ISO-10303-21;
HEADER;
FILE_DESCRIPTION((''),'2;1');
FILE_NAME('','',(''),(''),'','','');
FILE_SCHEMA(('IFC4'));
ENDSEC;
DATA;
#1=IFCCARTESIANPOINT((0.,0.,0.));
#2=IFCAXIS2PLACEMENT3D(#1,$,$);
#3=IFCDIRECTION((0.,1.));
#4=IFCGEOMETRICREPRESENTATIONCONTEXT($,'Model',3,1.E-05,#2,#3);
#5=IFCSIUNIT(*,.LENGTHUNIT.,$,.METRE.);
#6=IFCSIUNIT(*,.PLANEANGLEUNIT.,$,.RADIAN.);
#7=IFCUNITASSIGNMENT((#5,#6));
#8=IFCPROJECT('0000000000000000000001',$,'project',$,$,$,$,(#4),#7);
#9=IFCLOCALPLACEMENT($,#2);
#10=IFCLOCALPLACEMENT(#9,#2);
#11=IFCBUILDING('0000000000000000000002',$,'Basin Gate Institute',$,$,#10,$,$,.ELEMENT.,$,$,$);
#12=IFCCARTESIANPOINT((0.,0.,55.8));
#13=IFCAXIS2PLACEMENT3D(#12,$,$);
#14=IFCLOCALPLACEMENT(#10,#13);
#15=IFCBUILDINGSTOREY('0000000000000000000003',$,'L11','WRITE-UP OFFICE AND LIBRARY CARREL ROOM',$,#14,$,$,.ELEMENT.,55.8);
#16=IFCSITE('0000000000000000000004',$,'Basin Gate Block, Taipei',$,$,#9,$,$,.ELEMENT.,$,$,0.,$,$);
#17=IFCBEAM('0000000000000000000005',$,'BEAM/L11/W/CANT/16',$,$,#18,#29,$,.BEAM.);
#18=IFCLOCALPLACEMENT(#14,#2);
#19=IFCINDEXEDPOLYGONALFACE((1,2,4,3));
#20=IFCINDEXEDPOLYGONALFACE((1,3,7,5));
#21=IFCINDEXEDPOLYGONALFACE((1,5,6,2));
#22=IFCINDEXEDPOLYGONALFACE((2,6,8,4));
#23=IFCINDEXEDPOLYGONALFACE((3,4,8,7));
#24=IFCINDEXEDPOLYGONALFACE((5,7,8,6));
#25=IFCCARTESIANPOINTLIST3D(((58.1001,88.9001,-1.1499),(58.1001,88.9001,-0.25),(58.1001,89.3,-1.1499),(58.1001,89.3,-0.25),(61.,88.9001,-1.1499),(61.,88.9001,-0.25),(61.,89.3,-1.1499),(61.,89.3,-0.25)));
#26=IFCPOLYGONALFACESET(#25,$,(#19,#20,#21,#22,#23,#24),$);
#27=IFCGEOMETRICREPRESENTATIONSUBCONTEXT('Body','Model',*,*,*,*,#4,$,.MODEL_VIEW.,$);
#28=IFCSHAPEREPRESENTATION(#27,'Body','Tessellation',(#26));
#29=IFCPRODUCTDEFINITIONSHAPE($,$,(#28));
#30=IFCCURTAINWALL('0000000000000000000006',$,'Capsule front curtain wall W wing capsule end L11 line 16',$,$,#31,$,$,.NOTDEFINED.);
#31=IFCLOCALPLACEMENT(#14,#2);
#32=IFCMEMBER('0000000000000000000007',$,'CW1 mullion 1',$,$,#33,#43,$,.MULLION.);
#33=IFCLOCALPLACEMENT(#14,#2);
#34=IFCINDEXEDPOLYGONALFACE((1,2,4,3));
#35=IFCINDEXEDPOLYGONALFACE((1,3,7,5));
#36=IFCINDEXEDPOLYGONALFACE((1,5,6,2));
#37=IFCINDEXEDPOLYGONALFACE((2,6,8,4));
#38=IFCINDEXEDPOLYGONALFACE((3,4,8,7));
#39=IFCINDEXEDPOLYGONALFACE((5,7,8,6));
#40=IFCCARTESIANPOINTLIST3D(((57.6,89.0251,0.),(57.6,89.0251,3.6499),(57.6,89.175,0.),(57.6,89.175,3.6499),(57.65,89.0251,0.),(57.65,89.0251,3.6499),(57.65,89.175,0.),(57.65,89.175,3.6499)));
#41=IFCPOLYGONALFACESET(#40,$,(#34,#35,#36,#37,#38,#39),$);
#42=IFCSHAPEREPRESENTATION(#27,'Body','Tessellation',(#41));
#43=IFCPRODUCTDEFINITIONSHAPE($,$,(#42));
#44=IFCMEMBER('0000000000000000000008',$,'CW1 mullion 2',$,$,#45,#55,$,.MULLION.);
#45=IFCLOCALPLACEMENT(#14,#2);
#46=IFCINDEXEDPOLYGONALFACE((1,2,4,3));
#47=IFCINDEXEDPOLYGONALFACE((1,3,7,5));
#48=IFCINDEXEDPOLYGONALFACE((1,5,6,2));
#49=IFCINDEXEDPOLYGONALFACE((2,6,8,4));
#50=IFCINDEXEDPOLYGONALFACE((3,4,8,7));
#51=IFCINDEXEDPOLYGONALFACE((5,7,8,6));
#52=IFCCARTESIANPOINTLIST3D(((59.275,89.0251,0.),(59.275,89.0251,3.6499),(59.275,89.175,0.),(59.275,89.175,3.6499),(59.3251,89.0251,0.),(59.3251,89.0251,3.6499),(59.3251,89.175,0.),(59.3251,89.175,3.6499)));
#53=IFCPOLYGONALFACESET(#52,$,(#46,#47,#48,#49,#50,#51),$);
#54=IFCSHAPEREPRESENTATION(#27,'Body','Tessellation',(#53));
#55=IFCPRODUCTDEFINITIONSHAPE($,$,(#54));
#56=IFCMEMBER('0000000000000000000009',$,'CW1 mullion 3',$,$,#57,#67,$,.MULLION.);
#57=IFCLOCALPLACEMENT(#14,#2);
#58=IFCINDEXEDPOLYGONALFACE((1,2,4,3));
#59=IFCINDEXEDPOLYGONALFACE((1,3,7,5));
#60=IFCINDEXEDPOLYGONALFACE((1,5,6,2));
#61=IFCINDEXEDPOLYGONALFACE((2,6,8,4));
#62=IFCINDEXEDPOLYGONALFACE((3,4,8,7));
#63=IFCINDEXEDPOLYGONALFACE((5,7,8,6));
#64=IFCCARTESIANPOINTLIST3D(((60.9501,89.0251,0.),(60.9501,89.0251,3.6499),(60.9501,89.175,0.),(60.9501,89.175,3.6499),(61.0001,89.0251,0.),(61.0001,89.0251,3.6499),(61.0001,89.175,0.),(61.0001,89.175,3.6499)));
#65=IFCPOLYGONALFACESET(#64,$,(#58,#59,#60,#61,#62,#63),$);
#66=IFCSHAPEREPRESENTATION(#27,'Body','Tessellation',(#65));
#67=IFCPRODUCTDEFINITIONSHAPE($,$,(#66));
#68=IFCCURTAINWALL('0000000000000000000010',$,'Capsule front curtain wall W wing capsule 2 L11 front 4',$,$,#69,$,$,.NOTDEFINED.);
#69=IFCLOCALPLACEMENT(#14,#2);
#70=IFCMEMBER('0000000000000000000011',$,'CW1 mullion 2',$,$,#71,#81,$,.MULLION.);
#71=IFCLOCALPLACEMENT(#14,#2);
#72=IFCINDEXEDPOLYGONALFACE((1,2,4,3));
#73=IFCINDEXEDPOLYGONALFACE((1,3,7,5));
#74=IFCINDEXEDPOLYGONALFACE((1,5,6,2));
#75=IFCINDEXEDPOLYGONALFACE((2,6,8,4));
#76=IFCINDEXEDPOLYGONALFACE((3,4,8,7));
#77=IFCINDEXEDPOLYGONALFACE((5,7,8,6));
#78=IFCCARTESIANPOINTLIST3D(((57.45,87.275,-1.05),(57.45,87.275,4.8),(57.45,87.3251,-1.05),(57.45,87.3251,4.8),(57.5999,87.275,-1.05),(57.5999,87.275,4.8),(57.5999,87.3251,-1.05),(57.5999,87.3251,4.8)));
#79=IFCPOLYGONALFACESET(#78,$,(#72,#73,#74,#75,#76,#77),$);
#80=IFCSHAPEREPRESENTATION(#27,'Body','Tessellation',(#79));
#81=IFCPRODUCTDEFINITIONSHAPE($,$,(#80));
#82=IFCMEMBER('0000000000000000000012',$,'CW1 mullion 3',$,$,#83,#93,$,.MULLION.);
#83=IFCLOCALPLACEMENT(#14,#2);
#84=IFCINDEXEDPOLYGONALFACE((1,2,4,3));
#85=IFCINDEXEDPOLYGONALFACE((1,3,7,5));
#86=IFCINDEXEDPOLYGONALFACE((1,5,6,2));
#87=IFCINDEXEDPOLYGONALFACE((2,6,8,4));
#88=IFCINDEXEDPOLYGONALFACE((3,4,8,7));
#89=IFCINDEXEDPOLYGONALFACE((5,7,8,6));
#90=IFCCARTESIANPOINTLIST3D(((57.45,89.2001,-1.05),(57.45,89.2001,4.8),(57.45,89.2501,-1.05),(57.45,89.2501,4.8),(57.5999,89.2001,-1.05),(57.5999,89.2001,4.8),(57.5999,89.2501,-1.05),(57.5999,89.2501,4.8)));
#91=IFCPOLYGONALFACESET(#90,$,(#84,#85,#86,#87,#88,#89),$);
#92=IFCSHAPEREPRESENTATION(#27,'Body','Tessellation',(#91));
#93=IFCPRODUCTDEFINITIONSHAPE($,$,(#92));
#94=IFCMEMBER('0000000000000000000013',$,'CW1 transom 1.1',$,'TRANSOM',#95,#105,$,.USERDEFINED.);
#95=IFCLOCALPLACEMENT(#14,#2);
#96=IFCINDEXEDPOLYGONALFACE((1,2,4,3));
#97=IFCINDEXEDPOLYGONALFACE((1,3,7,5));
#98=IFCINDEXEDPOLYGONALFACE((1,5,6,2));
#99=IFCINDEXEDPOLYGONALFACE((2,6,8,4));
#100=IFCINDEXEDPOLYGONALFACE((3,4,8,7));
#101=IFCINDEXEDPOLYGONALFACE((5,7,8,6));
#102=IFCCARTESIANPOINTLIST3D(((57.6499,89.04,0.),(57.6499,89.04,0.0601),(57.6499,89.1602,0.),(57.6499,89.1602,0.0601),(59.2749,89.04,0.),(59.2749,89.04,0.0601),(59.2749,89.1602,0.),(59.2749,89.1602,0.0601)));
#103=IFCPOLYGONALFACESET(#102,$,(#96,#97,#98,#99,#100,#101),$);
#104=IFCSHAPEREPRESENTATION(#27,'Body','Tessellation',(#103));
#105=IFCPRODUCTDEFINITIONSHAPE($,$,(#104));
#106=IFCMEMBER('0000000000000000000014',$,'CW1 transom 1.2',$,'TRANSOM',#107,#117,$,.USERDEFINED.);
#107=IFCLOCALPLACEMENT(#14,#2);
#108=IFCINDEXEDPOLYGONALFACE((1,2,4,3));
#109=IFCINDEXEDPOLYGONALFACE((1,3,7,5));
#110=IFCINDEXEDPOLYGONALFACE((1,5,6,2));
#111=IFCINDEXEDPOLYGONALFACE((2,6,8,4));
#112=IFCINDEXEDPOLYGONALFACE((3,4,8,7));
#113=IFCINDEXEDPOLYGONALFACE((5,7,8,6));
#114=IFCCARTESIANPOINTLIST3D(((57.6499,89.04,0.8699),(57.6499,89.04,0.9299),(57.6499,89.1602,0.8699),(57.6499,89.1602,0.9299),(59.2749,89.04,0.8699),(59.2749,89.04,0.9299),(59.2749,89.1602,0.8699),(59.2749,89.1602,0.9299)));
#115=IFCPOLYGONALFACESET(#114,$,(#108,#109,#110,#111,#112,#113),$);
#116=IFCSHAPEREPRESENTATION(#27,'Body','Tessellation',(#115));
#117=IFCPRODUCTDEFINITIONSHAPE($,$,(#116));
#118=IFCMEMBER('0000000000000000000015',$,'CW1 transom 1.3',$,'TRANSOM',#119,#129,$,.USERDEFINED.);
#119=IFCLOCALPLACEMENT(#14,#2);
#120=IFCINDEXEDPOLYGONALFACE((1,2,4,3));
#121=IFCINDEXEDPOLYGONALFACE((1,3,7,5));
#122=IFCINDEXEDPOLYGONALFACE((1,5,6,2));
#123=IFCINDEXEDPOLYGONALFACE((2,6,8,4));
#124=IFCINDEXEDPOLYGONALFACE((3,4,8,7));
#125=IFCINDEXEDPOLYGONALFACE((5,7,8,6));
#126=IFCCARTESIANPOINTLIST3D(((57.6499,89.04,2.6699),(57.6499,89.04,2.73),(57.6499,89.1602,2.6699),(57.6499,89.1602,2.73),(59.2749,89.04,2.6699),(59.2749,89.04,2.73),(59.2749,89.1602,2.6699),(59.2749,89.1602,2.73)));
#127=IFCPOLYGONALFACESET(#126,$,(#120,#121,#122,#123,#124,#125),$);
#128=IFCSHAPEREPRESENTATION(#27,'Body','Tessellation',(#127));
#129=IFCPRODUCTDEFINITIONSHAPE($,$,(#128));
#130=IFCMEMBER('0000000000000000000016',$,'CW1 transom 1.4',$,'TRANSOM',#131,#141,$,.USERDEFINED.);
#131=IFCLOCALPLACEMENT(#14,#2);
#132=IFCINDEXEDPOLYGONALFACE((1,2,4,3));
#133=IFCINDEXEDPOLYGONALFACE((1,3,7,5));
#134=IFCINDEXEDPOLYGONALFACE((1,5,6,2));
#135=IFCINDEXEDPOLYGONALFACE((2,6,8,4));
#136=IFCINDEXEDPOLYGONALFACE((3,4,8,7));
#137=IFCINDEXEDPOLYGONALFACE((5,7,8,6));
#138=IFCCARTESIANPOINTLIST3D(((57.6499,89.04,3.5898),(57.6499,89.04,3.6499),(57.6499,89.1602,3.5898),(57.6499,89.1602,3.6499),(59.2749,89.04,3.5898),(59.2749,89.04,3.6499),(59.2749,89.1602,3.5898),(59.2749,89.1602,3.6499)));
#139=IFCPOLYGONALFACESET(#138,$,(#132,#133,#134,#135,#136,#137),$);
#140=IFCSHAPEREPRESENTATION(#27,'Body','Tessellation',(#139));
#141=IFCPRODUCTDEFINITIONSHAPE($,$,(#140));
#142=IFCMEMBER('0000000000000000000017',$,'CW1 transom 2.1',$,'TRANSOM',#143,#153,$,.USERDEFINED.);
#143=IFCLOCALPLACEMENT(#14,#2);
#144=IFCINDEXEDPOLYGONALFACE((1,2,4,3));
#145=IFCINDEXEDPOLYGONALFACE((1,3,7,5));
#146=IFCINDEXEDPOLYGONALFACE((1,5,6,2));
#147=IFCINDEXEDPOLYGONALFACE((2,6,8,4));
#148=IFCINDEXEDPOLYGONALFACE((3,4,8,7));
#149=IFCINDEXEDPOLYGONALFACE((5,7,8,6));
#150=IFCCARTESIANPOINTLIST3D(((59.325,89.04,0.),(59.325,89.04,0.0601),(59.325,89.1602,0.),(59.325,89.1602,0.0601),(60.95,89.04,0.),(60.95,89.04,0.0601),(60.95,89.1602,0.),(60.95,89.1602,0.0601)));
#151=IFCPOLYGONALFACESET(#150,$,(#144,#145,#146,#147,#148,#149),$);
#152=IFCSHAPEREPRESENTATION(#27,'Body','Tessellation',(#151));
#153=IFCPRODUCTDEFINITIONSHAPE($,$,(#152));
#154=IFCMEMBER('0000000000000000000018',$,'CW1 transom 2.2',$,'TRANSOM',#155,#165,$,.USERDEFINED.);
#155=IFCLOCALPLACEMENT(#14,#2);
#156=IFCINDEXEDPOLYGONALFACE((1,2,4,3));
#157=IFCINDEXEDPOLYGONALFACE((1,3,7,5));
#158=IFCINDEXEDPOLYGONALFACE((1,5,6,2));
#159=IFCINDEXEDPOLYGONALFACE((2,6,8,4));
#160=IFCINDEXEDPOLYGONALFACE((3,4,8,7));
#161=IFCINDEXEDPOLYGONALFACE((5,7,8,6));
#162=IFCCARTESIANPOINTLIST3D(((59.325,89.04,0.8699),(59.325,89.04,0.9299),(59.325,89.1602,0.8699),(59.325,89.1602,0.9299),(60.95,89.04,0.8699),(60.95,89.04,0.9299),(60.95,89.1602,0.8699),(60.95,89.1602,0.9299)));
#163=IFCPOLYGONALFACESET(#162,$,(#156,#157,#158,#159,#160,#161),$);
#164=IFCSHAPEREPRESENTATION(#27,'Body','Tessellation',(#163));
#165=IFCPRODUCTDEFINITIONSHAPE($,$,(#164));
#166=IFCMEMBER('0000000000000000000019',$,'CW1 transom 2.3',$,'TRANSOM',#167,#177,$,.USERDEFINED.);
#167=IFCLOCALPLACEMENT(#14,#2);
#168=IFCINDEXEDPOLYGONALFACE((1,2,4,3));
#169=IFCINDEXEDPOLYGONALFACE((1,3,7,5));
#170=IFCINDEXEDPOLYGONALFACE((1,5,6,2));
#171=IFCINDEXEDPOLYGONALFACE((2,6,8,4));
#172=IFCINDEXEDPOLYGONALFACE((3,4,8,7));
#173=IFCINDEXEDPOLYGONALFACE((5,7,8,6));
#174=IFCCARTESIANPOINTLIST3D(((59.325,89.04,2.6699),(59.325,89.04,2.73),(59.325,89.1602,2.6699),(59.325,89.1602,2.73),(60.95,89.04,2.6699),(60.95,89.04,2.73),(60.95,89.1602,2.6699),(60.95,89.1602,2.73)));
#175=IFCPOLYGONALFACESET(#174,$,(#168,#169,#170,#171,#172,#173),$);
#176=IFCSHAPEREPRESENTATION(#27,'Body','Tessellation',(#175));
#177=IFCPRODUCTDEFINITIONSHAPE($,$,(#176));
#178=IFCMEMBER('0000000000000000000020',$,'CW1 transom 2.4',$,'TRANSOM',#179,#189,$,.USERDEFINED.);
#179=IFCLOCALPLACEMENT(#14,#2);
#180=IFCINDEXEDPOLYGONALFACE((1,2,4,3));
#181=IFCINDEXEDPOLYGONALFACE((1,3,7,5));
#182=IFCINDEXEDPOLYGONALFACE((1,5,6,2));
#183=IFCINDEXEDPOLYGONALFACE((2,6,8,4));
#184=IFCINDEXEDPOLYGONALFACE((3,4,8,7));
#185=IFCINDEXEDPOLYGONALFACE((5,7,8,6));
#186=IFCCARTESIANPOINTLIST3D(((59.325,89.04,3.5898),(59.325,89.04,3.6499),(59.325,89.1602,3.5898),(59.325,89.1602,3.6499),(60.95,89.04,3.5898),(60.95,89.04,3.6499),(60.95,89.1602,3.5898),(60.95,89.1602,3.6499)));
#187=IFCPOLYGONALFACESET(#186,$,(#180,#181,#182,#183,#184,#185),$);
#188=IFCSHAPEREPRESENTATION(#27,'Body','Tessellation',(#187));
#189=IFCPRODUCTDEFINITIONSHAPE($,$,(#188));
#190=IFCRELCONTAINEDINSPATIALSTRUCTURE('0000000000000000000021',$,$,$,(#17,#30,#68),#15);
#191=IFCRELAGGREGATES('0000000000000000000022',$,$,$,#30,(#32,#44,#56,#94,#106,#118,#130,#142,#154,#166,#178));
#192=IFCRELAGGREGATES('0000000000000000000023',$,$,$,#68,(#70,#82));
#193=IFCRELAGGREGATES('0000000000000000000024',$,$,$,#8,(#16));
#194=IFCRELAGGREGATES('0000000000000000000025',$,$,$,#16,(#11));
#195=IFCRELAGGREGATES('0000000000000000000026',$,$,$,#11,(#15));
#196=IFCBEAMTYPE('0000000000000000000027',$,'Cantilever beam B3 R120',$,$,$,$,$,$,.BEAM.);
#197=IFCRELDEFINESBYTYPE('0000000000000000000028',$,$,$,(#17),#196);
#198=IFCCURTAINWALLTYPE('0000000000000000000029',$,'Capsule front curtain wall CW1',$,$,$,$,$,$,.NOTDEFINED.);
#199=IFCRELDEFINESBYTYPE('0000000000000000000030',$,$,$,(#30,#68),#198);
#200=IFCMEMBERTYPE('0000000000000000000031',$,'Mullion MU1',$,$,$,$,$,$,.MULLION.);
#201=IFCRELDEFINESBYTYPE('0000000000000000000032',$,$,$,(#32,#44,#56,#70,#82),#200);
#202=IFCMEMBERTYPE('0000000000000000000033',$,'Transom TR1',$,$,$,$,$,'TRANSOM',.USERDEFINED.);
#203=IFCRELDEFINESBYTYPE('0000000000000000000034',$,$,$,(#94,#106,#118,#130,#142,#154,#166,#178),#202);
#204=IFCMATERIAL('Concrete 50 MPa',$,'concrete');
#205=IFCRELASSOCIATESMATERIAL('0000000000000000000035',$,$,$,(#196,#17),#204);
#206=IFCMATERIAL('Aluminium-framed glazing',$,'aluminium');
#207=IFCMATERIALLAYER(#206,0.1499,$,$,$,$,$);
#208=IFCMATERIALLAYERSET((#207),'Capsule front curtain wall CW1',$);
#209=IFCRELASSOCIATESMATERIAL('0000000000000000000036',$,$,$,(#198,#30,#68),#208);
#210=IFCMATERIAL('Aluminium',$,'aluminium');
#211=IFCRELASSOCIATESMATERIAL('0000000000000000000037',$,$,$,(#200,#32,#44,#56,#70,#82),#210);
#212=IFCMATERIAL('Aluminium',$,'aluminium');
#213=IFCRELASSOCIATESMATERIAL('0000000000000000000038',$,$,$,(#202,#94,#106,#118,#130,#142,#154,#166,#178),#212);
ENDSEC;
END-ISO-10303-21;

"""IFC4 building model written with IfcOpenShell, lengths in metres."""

from ifc_helpers import new_model, si_unit, direction, frame, origin, origin_2d, place, context, subcontext, project, spatial, rectangle, extrude, material, layer, layer_set, material_profile, profile_set, type_object, element, aggregate, save


model = new_model("IFC4")

# Units and contexts
model_context = context("Model", 3, precision=1e-05, world=origin(), true_north=direction((0.0, 1.0)))
body_context = subcontext(model_context, "Body", "Model", "MODEL_VIEW")
ifc_project = project(units=[si_unit("LENGTHUNIT", "METRE"), si_unit("PLANEANGLEUNIT", "RADIAN")], contexts=[model_context])

# Site, building, storey
site_placement = place(None, origin())
site = spatial("IfcSite", under=ifc_project, at=site_placement, Name="Basin Gate Block, Taipei", CompositionType="ELEMENT", RefElevation=0.0)
building_placement = place(site_placement, origin())
building = spatial("IfcBuilding", under=site, at=building_placement, Name="Basin Gate Institute", CompositionType="ELEMENT")
storey_placement = place(building_placement, frame((0.0, 0.0, 55.8)))
storey = spatial("IfcBuildingStorey", under=building, at=storey_placement, Name="L11", Description="WRITE-UP OFFICE AND LIBRARY CARREL ROOM", CompositionType="ELEMENT", Elevation=55.8)

# Beam
ifc_material_1 = material(Name="Concrete 50 MPa", Category="concrete")
ifc_material_profile_1 = material_profile(ifc_material_1, rectangle(XDim=0.3999, YDim=0.8999, at=origin_2d()), Name="Cantilever beam B3 400 x 900")
ifc_profile_set_1 = profile_set([ifc_material_profile_1], Name="Concrete 50 MPa")
beam_type = type_object("IfcBeamType", Name="Cantilever beam B3 R120", PredefinedType="BEAM", material=ifc_profile_set_1)
beam_placement = place(storey_placement, frame((58.1001, 89.1001, -0.7), z_axis=(1.0, 0.0, 0.0), x_axis=(0.0, 1.0, 0.0)))
element("IfcBeam", 1, at=beam_placement, inside=storey, type_object=beam_type, material=ifc_profile_set_1, Name="BEAM/L11/W/CANT/16", PredefinedType="BEAM", context=body_context, shape_type="SweptSolid", body=[
    extrude(rectangle(XDim=0.3999, YDim=0.8999, at=origin_2d()), origin(), (0.0, 0.0, 1.0), 2.8999),
])

# Curtain walls, members
ifc_material_2 = material(Name="Aluminium-framed glazing", Category="aluminium")
ifc_layer_1 = layer(ifc_material_2, 0.1499)
ifc_layer_set_1 = layer_set([ifc_layer_1], Name="Capsule front curtain wall CW1")
curtain_wall_type = type_object("IfcCurtainWallType", Name="Capsule front curtain wall CW1", PredefinedType="NOTDEFINED", material=ifc_layer_set_1)
curtain_wall_1_placement = place(storey_placement, origin())
curtain_wall_1 = element("IfcCurtainWall", 2, at=curtain_wall_1_placement, inside=storey, type_object=curtain_wall_type, material=ifc_layer_set_1, Name="Capsule front curtain wall W wing capsule end L11 line 16", PredefinedType="NOTDEFINED")
ifc_material_3 = material(Name="Aluminium", Category="aluminium")
ifc_material_profile_2 = material_profile(ifc_material_3, rectangle(XDim=0.1499, YDim=0.05, at=origin_2d()), Name="Mullion MU1 150 x 50")
ifc_profile_set_2 = profile_set([ifc_material_profile_2], Name="Aluminium")
member_type_1 = type_object("IfcMemberType", Name="Mullion MU1", PredefinedType="MULLION", material=ifc_profile_set_2)
member_1_placement = place(storey_placement, frame((57.625, 89.1001, 0.0), z_axis=(0.0, 0.0, 1.0), x_axis=(0.0, 1.0, 0.0)))
member_1 = element("IfcMember", 3, at=member_1_placement, type_object=member_type_1, material=ifc_profile_set_2, Name="CW1 mullion 1", PredefinedType="MULLION", context=body_context, shape_type="SweptSolid", body=[
    extrude(rectangle(XDim=0.1499, YDim=0.05, at=origin_2d()), origin(), (0.0, 0.0, 1.0), 3.6499),
])
member_2_placement = place(storey_placement, frame((59.3, 89.1001, 0.0), z_axis=(0.0, 0.0, 1.0), x_axis=(0.0, 1.0, 0.0)))
member_2 = element("IfcMember", 4, at=member_2_placement, type_object=member_type_1, material=ifc_profile_set_2, Name="CW1 mullion 2", PredefinedType="MULLION", context=body_context, shape_type="SweptSolid", body=[
    extrude(rectangle(XDim=0.1499, YDim=0.05, at=origin_2d()), origin(), (0.0, 0.0, 1.0), 3.6499),
])
member_3_placement = place(storey_placement, frame((60.9751, 89.1001, 0.0), z_axis=(0.0, 0.0, 1.0), x_axis=(0.0, 1.0, 0.0)))
member_3 = element("IfcMember", 5, at=member_3_placement, type_object=member_type_1, material=ifc_profile_set_2, Name="CW1 mullion 3", PredefinedType="MULLION", context=body_context, shape_type="SweptSolid", body=[
    extrude(rectangle(XDim=0.1499, YDim=0.05, at=origin_2d()), origin(), (0.0, 0.0, 1.0), 3.6499),
])
curtain_wall_2_placement = place(storey_placement, origin())
curtain_wall_2 = element("IfcCurtainWall", 6, at=curtain_wall_2_placement, inside=storey, type_object=curtain_wall_type, material=ifc_layer_set_1, Name="Capsule front curtain wall W wing capsule 2 L11 front 4", PredefinedType="NOTDEFINED")
member_4_placement = place(storey_placement, frame((57.5249, 87.3, -1.05), z_axis=(0.0, 0.0, 1.0), x_axis=(-1.0, 0.0, 0.0)))
member_4 = element("IfcMember", 7, at=member_4_placement, type_object=member_type_1, material=ifc_profile_set_2, Name="CW1 mullion 2", PredefinedType="MULLION", context=body_context, shape_type="SweptSolid", body=[
    extrude(rectangle(XDim=0.1499, YDim=0.05, at=origin_2d()), origin(), (0.0, 0.0, 1.0), 5.8501),
])
member_5_placement = place(storey_placement, frame((57.5249, 89.2251, -1.05), z_axis=(0.0, 0.0, 1.0), x_axis=(-1.0, 0.0, 0.0)))
member_5 = element("IfcMember", 8, at=member_5_placement, type_object=member_type_1, material=ifc_profile_set_2, Name="CW1 mullion 3", PredefinedType="MULLION", context=body_context, shape_type="SweptSolid", body=[
    extrude(rectangle(XDim=0.1499, YDim=0.05, at=origin_2d()), origin(), (0.0, 0.0, 1.0), 5.8501),
])

# Members
ifc_material_4 = material(Name="Aluminium", Category="aluminium")
ifc_material_profile_3 = material_profile(ifc_material_4, rectangle(XDim=0.1201, YDim=0.0601, at=origin_2d()), Name="Transom TR1 120 x 60")
ifc_profile_set_3 = profile_set([ifc_material_profile_3], Name="Aluminium")
member_type_2 = type_object("IfcMemberType", Name="Transom TR1", ElementType="TRANSOM", PredefinedType="USERDEFINED", material=ifc_profile_set_3)
member_6_placement = place(storey_placement, frame((57.6499, 89.1001, 0.03), z_axis=(1.0, 0.0, 0.0), x_axis=(0.0, 1.0, 0.0)))
member_6 = element("IfcMember", 9, at=member_6_placement, type_object=member_type_2, material=ifc_profile_set_3, Name="CW1 transom 1.1", ObjectType="TRANSOM", PredefinedType="USERDEFINED", context=body_context, shape_type="SweptSolid", body=[
    extrude(rectangle(XDim=0.1201, YDim=0.0601, at=origin_2d()), origin(), (0.0, 0.0, 1.0), 1.625),
])
member_7_placement = place(storey_placement, frame((57.6499, 89.1001, 0.8999), z_axis=(1.0, 0.0, 0.0), x_axis=(0.0, 1.0, 0.0)))
member_7 = element("IfcMember", 10, at=member_7_placement, type_object=member_type_2, material=ifc_profile_set_3, Name="CW1 transom 1.2", ObjectType="TRANSOM", PredefinedType="USERDEFINED", context=body_context, shape_type="SweptSolid", body=[
    extrude(rectangle(XDim=0.1201, YDim=0.0601, at=origin_2d()), origin(), (0.0, 0.0, 1.0), 1.625),
])
member_8_placement = place(storey_placement, frame((57.6499, 89.1001, 2.7), z_axis=(1.0, 0.0, 0.0), x_axis=(0.0, 1.0, 0.0)))
member_8 = element("IfcMember", 11, at=member_8_placement, type_object=member_type_2, material=ifc_profile_set_3, Name="CW1 transom 1.3", ObjectType="TRANSOM", PredefinedType="USERDEFINED", context=body_context, shape_type="SweptSolid", body=[
    extrude(rectangle(XDim=0.1201, YDim=0.0601, at=origin_2d()), origin(), (0.0, 0.0, 1.0), 1.625),
])
member_9_placement = place(storey_placement, frame((57.6499, 89.1001, 3.6199), z_axis=(1.0, 0.0, 0.0), x_axis=(0.0, 1.0, 0.0)))
member_9 = element("IfcMember", 12, at=member_9_placement, type_object=member_type_2, material=ifc_profile_set_3, Name="CW1 transom 1.4", ObjectType="TRANSOM", PredefinedType="USERDEFINED", context=body_context, shape_type="SweptSolid", body=[
    extrude(rectangle(XDim=0.1201, YDim=0.0601, at=origin_2d()), origin(), (0.0, 0.0, 1.0), 1.625),
])
member_10_placement = place(storey_placement, frame((59.325, 89.1001, 0.03), z_axis=(1.0, 0.0, 0.0), x_axis=(0.0, 1.0, 0.0)))
member_10 = element("IfcMember", 13, at=member_10_placement, type_object=member_type_2, material=ifc_profile_set_3, Name="CW1 transom 2.1", ObjectType="TRANSOM", PredefinedType="USERDEFINED", context=body_context, shape_type="SweptSolid", body=[
    extrude(rectangle(XDim=0.1201, YDim=0.0601, at=origin_2d()), origin(), (0.0, 0.0, 1.0), 1.625),
])
member_11_placement = place(storey_placement, frame((59.325, 89.1001, 0.8999), z_axis=(1.0, 0.0, 0.0), x_axis=(0.0, 1.0, 0.0)))
member_11 = element("IfcMember", 14, at=member_11_placement, type_object=member_type_2, material=ifc_profile_set_3, Name="CW1 transom 2.2", ObjectType="TRANSOM", PredefinedType="USERDEFINED", context=body_context, shape_type="SweptSolid", body=[
    extrude(rectangle(XDim=0.1201, YDim=0.0601, at=origin_2d()), origin(), (0.0, 0.0, 1.0), 1.625),
])
member_12_placement = place(storey_placement, frame((59.325, 89.1001, 2.7), z_axis=(1.0, 0.0, 0.0), x_axis=(0.0, 1.0, 0.0)))
member_12 = element("IfcMember", 15, at=member_12_placement, type_object=member_type_2, material=ifc_profile_set_3, Name="CW1 transom 2.3", ObjectType="TRANSOM", PredefinedType="USERDEFINED", context=body_context, shape_type="SweptSolid", body=[
    extrude(rectangle(XDim=0.1201, YDim=0.0601, at=origin_2d()), origin(), (0.0, 0.0, 1.0), 1.625),
])
member_13_placement = place(storey_placement, frame((59.325, 89.1001, 3.6199), z_axis=(1.0, 0.0, 0.0), x_axis=(0.0, 1.0, 0.0)))
member_13 = element("IfcMember", 16, at=member_13_placement, type_object=member_type_2, material=ifc_profile_set_3, Name="CW1 transom 2.4", ObjectType="TRANSOM", PredefinedType="USERDEFINED", context=body_context, shape_type="SweptSolid", body=[
    extrude(rectangle(XDim=0.1201, YDim=0.0601, at=origin_2d()), origin(), (0.0, 0.0, 1.0), 1.625),
])

aggregate(curtain_wall_1, [member_1, member_2, member_3, member_6, member_7, member_8, member_9, member_10, member_11, member_12, member_13])
aggregate(curtain_wall_2, [member_4, member_5])

save(model, "model.ifc")
